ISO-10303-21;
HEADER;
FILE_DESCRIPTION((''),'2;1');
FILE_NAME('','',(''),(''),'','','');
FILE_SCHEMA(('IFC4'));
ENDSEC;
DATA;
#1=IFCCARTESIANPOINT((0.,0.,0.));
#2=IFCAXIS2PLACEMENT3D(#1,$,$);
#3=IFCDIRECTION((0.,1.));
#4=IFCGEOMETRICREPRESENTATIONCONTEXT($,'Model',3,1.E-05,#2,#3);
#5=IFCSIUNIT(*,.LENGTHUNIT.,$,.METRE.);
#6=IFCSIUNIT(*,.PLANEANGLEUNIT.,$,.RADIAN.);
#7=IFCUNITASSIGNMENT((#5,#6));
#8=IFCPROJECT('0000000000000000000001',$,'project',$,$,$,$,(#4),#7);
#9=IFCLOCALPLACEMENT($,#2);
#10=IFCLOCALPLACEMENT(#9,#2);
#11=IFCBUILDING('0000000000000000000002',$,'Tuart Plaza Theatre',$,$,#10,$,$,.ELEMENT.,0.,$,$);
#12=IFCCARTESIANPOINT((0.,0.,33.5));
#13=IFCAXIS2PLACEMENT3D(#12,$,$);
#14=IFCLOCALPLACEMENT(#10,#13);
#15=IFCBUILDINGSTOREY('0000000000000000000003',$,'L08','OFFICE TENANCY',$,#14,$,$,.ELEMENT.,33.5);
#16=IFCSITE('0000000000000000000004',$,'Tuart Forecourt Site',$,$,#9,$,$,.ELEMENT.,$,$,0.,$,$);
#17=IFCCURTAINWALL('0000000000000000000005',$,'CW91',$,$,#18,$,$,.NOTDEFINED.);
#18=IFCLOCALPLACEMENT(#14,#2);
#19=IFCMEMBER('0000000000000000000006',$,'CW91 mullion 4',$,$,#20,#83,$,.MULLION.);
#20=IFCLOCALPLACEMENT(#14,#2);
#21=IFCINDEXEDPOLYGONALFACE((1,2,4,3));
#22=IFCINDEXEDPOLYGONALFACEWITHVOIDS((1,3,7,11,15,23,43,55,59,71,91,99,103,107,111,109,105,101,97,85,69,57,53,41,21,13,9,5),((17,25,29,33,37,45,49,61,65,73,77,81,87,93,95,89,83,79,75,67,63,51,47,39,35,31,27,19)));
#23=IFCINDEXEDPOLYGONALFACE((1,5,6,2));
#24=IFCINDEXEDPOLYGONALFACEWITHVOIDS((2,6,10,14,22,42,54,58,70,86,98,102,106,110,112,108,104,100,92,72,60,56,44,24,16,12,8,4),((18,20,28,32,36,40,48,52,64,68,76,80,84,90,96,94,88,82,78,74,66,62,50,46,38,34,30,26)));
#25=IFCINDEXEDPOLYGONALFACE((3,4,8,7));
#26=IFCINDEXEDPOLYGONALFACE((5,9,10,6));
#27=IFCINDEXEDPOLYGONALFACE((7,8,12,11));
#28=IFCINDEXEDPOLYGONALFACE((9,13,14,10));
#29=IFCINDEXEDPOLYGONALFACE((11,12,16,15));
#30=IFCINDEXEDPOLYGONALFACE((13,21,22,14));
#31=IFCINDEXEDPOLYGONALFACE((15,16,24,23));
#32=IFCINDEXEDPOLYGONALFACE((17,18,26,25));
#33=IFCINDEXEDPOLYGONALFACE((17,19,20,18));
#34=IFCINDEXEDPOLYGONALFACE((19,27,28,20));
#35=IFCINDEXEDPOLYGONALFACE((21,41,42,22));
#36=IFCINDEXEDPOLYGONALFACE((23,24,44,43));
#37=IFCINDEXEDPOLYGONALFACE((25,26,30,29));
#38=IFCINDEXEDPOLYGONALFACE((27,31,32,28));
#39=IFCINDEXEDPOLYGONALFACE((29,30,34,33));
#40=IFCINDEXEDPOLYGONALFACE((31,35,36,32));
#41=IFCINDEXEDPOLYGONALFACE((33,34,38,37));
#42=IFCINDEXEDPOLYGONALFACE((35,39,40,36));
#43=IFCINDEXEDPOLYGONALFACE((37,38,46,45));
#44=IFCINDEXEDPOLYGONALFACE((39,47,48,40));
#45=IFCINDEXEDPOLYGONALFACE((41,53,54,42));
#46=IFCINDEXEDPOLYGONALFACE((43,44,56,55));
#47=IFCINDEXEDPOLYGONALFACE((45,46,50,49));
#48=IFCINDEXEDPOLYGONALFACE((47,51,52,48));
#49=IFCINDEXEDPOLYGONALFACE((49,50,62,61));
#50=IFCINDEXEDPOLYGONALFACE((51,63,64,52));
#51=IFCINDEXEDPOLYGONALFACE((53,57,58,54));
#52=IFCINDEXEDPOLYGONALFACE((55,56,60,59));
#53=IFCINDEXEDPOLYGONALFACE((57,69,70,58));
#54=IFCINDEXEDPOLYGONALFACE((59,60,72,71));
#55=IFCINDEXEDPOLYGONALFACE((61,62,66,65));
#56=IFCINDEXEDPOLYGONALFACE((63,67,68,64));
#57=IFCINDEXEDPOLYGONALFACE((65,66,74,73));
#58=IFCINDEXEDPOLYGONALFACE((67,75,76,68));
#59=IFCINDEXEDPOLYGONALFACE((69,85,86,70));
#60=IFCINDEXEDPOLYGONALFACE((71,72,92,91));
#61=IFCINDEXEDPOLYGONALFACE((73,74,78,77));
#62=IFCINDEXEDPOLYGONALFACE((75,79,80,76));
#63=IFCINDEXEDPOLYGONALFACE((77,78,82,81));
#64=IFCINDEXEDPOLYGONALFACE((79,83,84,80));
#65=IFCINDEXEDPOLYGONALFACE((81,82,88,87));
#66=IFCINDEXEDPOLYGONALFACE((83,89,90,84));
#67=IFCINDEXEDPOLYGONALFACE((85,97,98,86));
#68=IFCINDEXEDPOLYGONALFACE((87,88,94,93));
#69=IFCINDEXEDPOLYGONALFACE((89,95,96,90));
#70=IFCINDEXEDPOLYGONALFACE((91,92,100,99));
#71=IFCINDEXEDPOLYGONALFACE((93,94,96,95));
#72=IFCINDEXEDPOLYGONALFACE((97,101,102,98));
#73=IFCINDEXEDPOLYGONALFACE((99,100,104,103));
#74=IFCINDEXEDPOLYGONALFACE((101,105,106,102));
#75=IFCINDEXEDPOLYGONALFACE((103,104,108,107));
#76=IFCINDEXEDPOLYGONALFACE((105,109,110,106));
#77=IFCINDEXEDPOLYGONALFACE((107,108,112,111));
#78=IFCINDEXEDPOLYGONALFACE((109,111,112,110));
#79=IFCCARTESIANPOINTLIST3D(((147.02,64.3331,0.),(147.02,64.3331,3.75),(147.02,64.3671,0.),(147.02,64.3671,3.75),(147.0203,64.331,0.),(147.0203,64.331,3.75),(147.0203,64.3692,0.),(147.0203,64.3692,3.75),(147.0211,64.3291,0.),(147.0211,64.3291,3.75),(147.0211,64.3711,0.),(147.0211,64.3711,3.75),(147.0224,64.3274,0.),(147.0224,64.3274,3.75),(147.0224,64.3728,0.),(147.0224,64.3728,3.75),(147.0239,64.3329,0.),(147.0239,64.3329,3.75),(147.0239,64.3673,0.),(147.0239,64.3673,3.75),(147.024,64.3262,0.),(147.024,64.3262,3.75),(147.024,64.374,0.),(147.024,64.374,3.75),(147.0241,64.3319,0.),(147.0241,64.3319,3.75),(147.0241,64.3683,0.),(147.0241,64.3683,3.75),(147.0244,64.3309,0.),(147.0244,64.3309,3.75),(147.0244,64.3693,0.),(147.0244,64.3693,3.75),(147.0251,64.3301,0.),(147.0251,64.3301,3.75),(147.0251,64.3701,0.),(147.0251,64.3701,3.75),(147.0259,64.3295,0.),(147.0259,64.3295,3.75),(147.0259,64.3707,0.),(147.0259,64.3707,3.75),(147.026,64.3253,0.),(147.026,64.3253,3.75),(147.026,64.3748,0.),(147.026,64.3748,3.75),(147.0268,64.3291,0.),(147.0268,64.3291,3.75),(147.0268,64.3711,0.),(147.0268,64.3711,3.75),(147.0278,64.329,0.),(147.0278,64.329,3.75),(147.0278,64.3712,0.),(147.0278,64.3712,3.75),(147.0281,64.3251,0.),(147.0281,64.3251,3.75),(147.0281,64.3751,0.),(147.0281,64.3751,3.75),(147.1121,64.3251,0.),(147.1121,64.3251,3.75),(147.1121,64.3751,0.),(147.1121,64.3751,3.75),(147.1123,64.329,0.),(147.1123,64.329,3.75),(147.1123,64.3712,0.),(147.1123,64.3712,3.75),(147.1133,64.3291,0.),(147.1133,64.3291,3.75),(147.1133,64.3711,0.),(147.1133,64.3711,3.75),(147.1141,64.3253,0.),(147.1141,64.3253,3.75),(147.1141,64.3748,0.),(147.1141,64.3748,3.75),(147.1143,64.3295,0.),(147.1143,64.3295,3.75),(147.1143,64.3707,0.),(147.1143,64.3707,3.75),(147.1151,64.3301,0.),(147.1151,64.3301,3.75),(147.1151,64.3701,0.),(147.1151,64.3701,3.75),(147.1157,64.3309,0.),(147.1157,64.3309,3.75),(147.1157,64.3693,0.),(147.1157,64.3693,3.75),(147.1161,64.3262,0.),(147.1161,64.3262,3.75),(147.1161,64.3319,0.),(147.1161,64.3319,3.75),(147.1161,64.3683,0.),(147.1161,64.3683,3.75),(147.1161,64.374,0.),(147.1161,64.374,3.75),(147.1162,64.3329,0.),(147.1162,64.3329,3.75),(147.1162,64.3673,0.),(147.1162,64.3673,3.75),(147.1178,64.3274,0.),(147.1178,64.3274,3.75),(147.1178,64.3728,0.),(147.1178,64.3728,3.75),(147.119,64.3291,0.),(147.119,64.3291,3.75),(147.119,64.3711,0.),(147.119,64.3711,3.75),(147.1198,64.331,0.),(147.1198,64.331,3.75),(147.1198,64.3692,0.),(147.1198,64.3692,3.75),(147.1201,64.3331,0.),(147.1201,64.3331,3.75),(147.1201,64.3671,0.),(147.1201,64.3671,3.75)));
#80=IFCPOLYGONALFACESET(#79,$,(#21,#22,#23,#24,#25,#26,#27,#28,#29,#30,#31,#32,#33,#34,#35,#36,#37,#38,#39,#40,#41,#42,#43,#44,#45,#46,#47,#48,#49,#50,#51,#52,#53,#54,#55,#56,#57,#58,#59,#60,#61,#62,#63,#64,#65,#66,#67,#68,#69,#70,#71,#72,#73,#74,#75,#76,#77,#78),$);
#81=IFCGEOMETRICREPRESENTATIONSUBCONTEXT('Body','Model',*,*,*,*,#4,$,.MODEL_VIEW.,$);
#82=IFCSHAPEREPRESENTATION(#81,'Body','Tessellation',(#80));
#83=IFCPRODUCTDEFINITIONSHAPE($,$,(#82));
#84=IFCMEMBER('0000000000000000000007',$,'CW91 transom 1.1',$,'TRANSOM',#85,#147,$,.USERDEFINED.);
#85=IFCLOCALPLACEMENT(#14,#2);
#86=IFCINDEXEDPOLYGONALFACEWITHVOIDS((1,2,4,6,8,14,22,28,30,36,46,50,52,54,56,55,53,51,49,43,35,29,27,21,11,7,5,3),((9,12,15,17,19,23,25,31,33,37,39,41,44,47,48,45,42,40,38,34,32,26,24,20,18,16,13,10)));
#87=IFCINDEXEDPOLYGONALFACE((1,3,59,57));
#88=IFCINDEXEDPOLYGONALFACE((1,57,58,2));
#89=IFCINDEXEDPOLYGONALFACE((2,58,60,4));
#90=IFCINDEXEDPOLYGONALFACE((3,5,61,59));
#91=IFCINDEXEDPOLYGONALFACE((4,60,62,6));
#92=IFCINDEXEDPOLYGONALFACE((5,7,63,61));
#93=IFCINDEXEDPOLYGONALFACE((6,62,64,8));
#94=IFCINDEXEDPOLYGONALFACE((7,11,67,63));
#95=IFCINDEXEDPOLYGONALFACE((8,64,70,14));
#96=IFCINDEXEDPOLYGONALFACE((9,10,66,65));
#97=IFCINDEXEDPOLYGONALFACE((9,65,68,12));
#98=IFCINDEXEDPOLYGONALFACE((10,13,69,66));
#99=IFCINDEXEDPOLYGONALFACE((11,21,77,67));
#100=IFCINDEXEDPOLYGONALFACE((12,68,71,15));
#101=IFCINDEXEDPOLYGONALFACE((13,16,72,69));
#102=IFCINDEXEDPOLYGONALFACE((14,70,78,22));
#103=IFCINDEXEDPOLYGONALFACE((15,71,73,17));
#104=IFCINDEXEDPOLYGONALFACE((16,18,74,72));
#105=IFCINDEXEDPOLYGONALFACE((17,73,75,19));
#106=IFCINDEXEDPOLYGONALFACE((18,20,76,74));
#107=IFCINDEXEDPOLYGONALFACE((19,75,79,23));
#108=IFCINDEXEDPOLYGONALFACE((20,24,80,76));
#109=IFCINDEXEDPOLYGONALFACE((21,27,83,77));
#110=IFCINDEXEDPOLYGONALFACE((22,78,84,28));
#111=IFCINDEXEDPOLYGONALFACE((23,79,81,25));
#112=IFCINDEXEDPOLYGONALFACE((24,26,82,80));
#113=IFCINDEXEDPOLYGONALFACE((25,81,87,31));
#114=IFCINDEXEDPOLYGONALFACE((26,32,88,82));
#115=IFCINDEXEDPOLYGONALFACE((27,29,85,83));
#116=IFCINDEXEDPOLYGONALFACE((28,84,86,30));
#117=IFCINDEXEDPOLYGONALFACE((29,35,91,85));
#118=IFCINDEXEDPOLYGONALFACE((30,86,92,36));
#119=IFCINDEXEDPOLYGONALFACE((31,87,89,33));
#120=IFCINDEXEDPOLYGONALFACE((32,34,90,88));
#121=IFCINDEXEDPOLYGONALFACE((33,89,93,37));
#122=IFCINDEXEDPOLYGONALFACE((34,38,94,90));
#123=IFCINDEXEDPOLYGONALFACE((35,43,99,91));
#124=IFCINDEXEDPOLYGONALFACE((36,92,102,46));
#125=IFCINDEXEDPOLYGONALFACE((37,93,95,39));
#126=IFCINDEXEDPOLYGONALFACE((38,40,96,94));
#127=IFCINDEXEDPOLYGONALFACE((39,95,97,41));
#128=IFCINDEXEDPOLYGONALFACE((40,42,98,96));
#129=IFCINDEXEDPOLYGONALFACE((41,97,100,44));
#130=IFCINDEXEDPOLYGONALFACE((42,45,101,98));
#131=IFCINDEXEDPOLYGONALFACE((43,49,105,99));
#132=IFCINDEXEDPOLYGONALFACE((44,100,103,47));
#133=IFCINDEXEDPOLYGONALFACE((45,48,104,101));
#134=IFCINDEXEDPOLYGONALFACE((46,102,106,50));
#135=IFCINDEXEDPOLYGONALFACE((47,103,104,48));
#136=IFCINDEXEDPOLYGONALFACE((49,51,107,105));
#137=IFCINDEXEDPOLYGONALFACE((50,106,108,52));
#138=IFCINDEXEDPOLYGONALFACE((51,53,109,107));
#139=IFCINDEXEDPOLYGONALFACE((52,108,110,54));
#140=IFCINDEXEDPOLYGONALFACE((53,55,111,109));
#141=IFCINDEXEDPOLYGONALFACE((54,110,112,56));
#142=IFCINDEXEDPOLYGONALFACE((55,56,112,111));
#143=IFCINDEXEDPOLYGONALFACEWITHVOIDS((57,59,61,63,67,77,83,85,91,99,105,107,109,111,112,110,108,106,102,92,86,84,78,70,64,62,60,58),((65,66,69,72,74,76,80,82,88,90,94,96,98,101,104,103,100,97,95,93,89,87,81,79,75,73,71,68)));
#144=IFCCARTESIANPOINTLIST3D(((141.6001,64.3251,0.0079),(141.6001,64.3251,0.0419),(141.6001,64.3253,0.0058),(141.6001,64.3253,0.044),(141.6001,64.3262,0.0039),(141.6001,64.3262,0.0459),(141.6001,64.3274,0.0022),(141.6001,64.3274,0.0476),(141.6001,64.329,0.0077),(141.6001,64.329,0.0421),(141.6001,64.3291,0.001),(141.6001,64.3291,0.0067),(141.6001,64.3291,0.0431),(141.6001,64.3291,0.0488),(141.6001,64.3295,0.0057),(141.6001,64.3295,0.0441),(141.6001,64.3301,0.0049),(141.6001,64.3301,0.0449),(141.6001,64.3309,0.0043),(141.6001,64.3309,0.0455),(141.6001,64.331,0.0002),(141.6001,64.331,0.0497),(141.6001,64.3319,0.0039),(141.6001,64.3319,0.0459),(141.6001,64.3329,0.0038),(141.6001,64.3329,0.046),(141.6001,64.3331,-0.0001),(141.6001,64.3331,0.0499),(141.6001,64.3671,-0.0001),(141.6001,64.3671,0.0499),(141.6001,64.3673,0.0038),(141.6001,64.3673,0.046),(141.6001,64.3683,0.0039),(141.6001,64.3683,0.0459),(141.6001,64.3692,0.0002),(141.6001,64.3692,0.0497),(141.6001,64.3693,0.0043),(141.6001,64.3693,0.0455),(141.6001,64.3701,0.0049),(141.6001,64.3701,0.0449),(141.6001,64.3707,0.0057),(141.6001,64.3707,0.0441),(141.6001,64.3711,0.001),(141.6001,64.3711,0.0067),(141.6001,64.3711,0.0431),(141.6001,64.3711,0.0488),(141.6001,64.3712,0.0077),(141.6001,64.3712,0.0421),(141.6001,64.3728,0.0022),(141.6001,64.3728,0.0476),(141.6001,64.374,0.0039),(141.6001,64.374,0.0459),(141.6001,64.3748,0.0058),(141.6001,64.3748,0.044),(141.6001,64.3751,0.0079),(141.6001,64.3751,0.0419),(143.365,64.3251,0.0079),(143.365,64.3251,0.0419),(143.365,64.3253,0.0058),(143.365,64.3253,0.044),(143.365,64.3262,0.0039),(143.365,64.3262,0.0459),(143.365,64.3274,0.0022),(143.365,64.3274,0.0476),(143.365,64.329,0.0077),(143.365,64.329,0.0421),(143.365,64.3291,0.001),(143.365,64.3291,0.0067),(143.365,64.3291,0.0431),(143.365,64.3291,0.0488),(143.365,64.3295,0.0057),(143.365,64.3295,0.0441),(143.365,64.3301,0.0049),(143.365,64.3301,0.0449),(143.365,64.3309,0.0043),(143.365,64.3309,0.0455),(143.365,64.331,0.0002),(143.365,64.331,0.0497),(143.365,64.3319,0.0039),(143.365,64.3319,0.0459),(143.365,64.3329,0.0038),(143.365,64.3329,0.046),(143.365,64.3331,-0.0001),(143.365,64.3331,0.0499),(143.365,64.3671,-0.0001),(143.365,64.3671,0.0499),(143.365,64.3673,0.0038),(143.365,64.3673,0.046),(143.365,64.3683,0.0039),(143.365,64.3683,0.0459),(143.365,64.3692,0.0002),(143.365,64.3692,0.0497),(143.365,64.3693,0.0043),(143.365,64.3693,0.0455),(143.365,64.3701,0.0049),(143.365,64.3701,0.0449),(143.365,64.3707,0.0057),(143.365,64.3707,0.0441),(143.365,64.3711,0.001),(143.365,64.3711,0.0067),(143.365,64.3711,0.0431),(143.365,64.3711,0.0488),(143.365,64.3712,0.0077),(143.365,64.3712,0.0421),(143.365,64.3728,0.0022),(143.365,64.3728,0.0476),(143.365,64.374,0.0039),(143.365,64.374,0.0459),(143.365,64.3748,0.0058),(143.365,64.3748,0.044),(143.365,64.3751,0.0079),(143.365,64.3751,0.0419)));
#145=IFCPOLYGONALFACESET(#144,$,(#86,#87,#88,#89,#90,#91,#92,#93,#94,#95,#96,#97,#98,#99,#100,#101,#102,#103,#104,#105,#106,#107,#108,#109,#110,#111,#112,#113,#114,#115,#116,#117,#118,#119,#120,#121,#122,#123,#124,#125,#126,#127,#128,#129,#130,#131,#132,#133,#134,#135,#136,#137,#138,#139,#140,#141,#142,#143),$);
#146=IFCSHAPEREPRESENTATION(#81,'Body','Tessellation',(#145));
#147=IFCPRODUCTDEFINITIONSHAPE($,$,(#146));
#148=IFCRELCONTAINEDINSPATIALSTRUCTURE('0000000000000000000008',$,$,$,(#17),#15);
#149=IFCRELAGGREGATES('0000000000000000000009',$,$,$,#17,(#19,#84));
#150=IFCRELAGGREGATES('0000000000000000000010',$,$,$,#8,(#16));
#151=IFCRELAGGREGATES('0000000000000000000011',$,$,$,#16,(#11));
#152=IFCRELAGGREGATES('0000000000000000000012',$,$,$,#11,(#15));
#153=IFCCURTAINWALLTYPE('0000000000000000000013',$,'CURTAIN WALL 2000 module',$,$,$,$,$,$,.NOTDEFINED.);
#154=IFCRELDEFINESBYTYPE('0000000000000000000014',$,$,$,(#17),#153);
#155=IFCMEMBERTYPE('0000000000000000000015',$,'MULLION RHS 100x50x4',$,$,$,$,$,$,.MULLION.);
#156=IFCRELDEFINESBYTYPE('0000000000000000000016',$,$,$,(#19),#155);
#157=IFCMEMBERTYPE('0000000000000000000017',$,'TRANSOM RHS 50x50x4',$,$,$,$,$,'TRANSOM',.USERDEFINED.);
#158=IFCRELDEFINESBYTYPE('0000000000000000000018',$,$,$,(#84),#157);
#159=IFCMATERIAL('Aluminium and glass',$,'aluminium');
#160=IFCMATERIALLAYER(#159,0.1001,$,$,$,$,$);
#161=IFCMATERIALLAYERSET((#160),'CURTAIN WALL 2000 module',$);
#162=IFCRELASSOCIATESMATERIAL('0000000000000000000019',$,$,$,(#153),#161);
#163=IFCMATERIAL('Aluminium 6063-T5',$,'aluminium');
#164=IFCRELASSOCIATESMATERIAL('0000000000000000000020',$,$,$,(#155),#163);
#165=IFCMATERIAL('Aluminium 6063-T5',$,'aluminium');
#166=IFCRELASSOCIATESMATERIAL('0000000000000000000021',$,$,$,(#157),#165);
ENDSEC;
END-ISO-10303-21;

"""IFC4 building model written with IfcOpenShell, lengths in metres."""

from ifc_helpers import new_model, si_unit, direction, frame, origin, origin_2d, place, context, subcontext, project, spatial, hollow_rectangle, extrude, material, layer, layer_set, material_profile, profile_set, type_object, element, aggregate, save


model = new_model("IFC4")

# Units and contexts
model_context = context("Model", 3, precision=1e-05, world=origin(), true_north=direction((0.0, 1.0)))
body_context = subcontext(model_context, "Body", "Model", "MODEL_VIEW")
ifc_project = project(units=[si_unit("LENGTHUNIT", "METRE"), si_unit("PLANEANGLEUNIT", "RADIAN")], contexts=[model_context])

# Site, building, storey
site_placement = place(None, origin())
site = spatial("IfcSite", under=ifc_project, at=site_placement, Name="Tuart Forecourt Site", CompositionType="ELEMENT", RefElevation=0.0)
building_placement = place(site_placement, origin())
building = spatial("IfcBuilding", under=site, at=building_placement, Name="Tuart Plaza Theatre", CompositionType="ELEMENT", ElevationOfRefHeight=0.0)
storey_placement = place(building_placement, frame((0.0, 0.0, 33.5)))
storey = spatial("IfcBuildingStorey", under=building, at=storey_placement, Name="L08", Description="OFFICE TENANCY", CompositionType="ELEMENT", Elevation=33.5)

# Shared definitions
ifc_material_1 = material(Name="Aluminium and glass", Category="aluminium")
ifc_layer_1 = layer(ifc_material_1, 0.1001)
ifc_layer_set_1 = layer_set([ifc_layer_1], Name="CURTAIN WALL 2000 module")
curtain_wall_type = type_object("IfcCurtainWallType", Name="CURTAIN WALL 2000 module", PredefinedType="NOTDEFINED", material=ifc_layer_set_1)
ifc_material_2 = material(Name="Aluminium 6063-T5", Category="aluminium")
ifc_material_profile_1 = material_profile(ifc_material_2, hollow_rectangle(XDim=0.05, YDim=0.1001, WallThickness=0.0039, InnerFilletRadius=0.0039, OuterFilletRadius=0.0081, at=origin_2d()), Name="RHS 100x50x4")
ifc_profile_set_1 = profile_set([ifc_material_profile_1], Name="Aluminium 6063-T5")
member_type_1 = type_object("IfcMemberType", Name="MULLION RHS 100x50x4", PredefinedType="MULLION", material=ifc_profile_set_1)

# Curtain wall, members
curtain_wall_1_placement = place(storey_placement, origin())
curtain_wall_1 = element("IfcCurtainWall", 1, at=curtain_wall_1_placement, inside=storey, type_object=curtain_wall_type, Name="CW91", PredefinedType="NOTDEFINED")
member_1_placement = place(storey_placement, frame((147.0701, 64.3501, 0.0), z_axis=(0.0, 0.0, 1.0), x_axis=(0.0, 1.0, 0.0)))
member_1 = element("IfcMember", 2, at=member_1_placement, type_object=member_type_1, Name="CW91 mullion 4", PredefinedType="MULLION", context=body_context, shape_type="SweptSolid", body=[
    extrude(hollow_rectangle(XDim=0.05, YDim=0.1001, WallThickness=0.0039, InnerFilletRadius=0.0039, OuterFilletRadius=0.0081, at=origin_2d()), origin(), (0.0, 0.0, 1.0), 3.75),
])
ifc_material_3 = material(Name="Aluminium 6063-T5", Category="aluminium")
ifc_material_profile_2 = material_profile(ifc_material_3, hollow_rectangle(XDim=0.05, YDim=0.05, WallThickness=0.0039, InnerFilletRadius=0.0039, OuterFilletRadius=0.0081, at=origin_2d()), Name="RHS 50x50x4")
ifc_profile_set_2 = profile_set([ifc_material_profile_2], Name="Aluminium 6063-T5")
member_type_2 = type_object("IfcMemberType", Name="TRANSOM RHS 50x50x4", ElementType="TRANSOM", PredefinedType="USERDEFINED", material=ifc_profile_set_2)
member_2_placement = place(storey_placement, frame((141.6001, 64.3501, 0.0249), z_axis=(1.0, 0.0, 0.0), x_axis=(0.0, 1.0, 0.0)))
member_2 = element("IfcMember", 3, at=member_2_placement, type_object=member_type_2, Name="CW91 transom 1.1", ObjectType="TRANSOM", PredefinedType="USERDEFINED", context=body_context, shape_type="SweptSolid", body=[
    extrude(hollow_rectangle(XDim=0.05, YDim=0.05, WallThickness=0.0039, InnerFilletRadius=0.0039, OuterFilletRadius=0.0081, at=origin_2d()), origin(), (0.0, 0.0, 1.0), 1.7649),
])

aggregate(curtain_wall_1, [member_1, member_2])

save(model, "model.ifc")
